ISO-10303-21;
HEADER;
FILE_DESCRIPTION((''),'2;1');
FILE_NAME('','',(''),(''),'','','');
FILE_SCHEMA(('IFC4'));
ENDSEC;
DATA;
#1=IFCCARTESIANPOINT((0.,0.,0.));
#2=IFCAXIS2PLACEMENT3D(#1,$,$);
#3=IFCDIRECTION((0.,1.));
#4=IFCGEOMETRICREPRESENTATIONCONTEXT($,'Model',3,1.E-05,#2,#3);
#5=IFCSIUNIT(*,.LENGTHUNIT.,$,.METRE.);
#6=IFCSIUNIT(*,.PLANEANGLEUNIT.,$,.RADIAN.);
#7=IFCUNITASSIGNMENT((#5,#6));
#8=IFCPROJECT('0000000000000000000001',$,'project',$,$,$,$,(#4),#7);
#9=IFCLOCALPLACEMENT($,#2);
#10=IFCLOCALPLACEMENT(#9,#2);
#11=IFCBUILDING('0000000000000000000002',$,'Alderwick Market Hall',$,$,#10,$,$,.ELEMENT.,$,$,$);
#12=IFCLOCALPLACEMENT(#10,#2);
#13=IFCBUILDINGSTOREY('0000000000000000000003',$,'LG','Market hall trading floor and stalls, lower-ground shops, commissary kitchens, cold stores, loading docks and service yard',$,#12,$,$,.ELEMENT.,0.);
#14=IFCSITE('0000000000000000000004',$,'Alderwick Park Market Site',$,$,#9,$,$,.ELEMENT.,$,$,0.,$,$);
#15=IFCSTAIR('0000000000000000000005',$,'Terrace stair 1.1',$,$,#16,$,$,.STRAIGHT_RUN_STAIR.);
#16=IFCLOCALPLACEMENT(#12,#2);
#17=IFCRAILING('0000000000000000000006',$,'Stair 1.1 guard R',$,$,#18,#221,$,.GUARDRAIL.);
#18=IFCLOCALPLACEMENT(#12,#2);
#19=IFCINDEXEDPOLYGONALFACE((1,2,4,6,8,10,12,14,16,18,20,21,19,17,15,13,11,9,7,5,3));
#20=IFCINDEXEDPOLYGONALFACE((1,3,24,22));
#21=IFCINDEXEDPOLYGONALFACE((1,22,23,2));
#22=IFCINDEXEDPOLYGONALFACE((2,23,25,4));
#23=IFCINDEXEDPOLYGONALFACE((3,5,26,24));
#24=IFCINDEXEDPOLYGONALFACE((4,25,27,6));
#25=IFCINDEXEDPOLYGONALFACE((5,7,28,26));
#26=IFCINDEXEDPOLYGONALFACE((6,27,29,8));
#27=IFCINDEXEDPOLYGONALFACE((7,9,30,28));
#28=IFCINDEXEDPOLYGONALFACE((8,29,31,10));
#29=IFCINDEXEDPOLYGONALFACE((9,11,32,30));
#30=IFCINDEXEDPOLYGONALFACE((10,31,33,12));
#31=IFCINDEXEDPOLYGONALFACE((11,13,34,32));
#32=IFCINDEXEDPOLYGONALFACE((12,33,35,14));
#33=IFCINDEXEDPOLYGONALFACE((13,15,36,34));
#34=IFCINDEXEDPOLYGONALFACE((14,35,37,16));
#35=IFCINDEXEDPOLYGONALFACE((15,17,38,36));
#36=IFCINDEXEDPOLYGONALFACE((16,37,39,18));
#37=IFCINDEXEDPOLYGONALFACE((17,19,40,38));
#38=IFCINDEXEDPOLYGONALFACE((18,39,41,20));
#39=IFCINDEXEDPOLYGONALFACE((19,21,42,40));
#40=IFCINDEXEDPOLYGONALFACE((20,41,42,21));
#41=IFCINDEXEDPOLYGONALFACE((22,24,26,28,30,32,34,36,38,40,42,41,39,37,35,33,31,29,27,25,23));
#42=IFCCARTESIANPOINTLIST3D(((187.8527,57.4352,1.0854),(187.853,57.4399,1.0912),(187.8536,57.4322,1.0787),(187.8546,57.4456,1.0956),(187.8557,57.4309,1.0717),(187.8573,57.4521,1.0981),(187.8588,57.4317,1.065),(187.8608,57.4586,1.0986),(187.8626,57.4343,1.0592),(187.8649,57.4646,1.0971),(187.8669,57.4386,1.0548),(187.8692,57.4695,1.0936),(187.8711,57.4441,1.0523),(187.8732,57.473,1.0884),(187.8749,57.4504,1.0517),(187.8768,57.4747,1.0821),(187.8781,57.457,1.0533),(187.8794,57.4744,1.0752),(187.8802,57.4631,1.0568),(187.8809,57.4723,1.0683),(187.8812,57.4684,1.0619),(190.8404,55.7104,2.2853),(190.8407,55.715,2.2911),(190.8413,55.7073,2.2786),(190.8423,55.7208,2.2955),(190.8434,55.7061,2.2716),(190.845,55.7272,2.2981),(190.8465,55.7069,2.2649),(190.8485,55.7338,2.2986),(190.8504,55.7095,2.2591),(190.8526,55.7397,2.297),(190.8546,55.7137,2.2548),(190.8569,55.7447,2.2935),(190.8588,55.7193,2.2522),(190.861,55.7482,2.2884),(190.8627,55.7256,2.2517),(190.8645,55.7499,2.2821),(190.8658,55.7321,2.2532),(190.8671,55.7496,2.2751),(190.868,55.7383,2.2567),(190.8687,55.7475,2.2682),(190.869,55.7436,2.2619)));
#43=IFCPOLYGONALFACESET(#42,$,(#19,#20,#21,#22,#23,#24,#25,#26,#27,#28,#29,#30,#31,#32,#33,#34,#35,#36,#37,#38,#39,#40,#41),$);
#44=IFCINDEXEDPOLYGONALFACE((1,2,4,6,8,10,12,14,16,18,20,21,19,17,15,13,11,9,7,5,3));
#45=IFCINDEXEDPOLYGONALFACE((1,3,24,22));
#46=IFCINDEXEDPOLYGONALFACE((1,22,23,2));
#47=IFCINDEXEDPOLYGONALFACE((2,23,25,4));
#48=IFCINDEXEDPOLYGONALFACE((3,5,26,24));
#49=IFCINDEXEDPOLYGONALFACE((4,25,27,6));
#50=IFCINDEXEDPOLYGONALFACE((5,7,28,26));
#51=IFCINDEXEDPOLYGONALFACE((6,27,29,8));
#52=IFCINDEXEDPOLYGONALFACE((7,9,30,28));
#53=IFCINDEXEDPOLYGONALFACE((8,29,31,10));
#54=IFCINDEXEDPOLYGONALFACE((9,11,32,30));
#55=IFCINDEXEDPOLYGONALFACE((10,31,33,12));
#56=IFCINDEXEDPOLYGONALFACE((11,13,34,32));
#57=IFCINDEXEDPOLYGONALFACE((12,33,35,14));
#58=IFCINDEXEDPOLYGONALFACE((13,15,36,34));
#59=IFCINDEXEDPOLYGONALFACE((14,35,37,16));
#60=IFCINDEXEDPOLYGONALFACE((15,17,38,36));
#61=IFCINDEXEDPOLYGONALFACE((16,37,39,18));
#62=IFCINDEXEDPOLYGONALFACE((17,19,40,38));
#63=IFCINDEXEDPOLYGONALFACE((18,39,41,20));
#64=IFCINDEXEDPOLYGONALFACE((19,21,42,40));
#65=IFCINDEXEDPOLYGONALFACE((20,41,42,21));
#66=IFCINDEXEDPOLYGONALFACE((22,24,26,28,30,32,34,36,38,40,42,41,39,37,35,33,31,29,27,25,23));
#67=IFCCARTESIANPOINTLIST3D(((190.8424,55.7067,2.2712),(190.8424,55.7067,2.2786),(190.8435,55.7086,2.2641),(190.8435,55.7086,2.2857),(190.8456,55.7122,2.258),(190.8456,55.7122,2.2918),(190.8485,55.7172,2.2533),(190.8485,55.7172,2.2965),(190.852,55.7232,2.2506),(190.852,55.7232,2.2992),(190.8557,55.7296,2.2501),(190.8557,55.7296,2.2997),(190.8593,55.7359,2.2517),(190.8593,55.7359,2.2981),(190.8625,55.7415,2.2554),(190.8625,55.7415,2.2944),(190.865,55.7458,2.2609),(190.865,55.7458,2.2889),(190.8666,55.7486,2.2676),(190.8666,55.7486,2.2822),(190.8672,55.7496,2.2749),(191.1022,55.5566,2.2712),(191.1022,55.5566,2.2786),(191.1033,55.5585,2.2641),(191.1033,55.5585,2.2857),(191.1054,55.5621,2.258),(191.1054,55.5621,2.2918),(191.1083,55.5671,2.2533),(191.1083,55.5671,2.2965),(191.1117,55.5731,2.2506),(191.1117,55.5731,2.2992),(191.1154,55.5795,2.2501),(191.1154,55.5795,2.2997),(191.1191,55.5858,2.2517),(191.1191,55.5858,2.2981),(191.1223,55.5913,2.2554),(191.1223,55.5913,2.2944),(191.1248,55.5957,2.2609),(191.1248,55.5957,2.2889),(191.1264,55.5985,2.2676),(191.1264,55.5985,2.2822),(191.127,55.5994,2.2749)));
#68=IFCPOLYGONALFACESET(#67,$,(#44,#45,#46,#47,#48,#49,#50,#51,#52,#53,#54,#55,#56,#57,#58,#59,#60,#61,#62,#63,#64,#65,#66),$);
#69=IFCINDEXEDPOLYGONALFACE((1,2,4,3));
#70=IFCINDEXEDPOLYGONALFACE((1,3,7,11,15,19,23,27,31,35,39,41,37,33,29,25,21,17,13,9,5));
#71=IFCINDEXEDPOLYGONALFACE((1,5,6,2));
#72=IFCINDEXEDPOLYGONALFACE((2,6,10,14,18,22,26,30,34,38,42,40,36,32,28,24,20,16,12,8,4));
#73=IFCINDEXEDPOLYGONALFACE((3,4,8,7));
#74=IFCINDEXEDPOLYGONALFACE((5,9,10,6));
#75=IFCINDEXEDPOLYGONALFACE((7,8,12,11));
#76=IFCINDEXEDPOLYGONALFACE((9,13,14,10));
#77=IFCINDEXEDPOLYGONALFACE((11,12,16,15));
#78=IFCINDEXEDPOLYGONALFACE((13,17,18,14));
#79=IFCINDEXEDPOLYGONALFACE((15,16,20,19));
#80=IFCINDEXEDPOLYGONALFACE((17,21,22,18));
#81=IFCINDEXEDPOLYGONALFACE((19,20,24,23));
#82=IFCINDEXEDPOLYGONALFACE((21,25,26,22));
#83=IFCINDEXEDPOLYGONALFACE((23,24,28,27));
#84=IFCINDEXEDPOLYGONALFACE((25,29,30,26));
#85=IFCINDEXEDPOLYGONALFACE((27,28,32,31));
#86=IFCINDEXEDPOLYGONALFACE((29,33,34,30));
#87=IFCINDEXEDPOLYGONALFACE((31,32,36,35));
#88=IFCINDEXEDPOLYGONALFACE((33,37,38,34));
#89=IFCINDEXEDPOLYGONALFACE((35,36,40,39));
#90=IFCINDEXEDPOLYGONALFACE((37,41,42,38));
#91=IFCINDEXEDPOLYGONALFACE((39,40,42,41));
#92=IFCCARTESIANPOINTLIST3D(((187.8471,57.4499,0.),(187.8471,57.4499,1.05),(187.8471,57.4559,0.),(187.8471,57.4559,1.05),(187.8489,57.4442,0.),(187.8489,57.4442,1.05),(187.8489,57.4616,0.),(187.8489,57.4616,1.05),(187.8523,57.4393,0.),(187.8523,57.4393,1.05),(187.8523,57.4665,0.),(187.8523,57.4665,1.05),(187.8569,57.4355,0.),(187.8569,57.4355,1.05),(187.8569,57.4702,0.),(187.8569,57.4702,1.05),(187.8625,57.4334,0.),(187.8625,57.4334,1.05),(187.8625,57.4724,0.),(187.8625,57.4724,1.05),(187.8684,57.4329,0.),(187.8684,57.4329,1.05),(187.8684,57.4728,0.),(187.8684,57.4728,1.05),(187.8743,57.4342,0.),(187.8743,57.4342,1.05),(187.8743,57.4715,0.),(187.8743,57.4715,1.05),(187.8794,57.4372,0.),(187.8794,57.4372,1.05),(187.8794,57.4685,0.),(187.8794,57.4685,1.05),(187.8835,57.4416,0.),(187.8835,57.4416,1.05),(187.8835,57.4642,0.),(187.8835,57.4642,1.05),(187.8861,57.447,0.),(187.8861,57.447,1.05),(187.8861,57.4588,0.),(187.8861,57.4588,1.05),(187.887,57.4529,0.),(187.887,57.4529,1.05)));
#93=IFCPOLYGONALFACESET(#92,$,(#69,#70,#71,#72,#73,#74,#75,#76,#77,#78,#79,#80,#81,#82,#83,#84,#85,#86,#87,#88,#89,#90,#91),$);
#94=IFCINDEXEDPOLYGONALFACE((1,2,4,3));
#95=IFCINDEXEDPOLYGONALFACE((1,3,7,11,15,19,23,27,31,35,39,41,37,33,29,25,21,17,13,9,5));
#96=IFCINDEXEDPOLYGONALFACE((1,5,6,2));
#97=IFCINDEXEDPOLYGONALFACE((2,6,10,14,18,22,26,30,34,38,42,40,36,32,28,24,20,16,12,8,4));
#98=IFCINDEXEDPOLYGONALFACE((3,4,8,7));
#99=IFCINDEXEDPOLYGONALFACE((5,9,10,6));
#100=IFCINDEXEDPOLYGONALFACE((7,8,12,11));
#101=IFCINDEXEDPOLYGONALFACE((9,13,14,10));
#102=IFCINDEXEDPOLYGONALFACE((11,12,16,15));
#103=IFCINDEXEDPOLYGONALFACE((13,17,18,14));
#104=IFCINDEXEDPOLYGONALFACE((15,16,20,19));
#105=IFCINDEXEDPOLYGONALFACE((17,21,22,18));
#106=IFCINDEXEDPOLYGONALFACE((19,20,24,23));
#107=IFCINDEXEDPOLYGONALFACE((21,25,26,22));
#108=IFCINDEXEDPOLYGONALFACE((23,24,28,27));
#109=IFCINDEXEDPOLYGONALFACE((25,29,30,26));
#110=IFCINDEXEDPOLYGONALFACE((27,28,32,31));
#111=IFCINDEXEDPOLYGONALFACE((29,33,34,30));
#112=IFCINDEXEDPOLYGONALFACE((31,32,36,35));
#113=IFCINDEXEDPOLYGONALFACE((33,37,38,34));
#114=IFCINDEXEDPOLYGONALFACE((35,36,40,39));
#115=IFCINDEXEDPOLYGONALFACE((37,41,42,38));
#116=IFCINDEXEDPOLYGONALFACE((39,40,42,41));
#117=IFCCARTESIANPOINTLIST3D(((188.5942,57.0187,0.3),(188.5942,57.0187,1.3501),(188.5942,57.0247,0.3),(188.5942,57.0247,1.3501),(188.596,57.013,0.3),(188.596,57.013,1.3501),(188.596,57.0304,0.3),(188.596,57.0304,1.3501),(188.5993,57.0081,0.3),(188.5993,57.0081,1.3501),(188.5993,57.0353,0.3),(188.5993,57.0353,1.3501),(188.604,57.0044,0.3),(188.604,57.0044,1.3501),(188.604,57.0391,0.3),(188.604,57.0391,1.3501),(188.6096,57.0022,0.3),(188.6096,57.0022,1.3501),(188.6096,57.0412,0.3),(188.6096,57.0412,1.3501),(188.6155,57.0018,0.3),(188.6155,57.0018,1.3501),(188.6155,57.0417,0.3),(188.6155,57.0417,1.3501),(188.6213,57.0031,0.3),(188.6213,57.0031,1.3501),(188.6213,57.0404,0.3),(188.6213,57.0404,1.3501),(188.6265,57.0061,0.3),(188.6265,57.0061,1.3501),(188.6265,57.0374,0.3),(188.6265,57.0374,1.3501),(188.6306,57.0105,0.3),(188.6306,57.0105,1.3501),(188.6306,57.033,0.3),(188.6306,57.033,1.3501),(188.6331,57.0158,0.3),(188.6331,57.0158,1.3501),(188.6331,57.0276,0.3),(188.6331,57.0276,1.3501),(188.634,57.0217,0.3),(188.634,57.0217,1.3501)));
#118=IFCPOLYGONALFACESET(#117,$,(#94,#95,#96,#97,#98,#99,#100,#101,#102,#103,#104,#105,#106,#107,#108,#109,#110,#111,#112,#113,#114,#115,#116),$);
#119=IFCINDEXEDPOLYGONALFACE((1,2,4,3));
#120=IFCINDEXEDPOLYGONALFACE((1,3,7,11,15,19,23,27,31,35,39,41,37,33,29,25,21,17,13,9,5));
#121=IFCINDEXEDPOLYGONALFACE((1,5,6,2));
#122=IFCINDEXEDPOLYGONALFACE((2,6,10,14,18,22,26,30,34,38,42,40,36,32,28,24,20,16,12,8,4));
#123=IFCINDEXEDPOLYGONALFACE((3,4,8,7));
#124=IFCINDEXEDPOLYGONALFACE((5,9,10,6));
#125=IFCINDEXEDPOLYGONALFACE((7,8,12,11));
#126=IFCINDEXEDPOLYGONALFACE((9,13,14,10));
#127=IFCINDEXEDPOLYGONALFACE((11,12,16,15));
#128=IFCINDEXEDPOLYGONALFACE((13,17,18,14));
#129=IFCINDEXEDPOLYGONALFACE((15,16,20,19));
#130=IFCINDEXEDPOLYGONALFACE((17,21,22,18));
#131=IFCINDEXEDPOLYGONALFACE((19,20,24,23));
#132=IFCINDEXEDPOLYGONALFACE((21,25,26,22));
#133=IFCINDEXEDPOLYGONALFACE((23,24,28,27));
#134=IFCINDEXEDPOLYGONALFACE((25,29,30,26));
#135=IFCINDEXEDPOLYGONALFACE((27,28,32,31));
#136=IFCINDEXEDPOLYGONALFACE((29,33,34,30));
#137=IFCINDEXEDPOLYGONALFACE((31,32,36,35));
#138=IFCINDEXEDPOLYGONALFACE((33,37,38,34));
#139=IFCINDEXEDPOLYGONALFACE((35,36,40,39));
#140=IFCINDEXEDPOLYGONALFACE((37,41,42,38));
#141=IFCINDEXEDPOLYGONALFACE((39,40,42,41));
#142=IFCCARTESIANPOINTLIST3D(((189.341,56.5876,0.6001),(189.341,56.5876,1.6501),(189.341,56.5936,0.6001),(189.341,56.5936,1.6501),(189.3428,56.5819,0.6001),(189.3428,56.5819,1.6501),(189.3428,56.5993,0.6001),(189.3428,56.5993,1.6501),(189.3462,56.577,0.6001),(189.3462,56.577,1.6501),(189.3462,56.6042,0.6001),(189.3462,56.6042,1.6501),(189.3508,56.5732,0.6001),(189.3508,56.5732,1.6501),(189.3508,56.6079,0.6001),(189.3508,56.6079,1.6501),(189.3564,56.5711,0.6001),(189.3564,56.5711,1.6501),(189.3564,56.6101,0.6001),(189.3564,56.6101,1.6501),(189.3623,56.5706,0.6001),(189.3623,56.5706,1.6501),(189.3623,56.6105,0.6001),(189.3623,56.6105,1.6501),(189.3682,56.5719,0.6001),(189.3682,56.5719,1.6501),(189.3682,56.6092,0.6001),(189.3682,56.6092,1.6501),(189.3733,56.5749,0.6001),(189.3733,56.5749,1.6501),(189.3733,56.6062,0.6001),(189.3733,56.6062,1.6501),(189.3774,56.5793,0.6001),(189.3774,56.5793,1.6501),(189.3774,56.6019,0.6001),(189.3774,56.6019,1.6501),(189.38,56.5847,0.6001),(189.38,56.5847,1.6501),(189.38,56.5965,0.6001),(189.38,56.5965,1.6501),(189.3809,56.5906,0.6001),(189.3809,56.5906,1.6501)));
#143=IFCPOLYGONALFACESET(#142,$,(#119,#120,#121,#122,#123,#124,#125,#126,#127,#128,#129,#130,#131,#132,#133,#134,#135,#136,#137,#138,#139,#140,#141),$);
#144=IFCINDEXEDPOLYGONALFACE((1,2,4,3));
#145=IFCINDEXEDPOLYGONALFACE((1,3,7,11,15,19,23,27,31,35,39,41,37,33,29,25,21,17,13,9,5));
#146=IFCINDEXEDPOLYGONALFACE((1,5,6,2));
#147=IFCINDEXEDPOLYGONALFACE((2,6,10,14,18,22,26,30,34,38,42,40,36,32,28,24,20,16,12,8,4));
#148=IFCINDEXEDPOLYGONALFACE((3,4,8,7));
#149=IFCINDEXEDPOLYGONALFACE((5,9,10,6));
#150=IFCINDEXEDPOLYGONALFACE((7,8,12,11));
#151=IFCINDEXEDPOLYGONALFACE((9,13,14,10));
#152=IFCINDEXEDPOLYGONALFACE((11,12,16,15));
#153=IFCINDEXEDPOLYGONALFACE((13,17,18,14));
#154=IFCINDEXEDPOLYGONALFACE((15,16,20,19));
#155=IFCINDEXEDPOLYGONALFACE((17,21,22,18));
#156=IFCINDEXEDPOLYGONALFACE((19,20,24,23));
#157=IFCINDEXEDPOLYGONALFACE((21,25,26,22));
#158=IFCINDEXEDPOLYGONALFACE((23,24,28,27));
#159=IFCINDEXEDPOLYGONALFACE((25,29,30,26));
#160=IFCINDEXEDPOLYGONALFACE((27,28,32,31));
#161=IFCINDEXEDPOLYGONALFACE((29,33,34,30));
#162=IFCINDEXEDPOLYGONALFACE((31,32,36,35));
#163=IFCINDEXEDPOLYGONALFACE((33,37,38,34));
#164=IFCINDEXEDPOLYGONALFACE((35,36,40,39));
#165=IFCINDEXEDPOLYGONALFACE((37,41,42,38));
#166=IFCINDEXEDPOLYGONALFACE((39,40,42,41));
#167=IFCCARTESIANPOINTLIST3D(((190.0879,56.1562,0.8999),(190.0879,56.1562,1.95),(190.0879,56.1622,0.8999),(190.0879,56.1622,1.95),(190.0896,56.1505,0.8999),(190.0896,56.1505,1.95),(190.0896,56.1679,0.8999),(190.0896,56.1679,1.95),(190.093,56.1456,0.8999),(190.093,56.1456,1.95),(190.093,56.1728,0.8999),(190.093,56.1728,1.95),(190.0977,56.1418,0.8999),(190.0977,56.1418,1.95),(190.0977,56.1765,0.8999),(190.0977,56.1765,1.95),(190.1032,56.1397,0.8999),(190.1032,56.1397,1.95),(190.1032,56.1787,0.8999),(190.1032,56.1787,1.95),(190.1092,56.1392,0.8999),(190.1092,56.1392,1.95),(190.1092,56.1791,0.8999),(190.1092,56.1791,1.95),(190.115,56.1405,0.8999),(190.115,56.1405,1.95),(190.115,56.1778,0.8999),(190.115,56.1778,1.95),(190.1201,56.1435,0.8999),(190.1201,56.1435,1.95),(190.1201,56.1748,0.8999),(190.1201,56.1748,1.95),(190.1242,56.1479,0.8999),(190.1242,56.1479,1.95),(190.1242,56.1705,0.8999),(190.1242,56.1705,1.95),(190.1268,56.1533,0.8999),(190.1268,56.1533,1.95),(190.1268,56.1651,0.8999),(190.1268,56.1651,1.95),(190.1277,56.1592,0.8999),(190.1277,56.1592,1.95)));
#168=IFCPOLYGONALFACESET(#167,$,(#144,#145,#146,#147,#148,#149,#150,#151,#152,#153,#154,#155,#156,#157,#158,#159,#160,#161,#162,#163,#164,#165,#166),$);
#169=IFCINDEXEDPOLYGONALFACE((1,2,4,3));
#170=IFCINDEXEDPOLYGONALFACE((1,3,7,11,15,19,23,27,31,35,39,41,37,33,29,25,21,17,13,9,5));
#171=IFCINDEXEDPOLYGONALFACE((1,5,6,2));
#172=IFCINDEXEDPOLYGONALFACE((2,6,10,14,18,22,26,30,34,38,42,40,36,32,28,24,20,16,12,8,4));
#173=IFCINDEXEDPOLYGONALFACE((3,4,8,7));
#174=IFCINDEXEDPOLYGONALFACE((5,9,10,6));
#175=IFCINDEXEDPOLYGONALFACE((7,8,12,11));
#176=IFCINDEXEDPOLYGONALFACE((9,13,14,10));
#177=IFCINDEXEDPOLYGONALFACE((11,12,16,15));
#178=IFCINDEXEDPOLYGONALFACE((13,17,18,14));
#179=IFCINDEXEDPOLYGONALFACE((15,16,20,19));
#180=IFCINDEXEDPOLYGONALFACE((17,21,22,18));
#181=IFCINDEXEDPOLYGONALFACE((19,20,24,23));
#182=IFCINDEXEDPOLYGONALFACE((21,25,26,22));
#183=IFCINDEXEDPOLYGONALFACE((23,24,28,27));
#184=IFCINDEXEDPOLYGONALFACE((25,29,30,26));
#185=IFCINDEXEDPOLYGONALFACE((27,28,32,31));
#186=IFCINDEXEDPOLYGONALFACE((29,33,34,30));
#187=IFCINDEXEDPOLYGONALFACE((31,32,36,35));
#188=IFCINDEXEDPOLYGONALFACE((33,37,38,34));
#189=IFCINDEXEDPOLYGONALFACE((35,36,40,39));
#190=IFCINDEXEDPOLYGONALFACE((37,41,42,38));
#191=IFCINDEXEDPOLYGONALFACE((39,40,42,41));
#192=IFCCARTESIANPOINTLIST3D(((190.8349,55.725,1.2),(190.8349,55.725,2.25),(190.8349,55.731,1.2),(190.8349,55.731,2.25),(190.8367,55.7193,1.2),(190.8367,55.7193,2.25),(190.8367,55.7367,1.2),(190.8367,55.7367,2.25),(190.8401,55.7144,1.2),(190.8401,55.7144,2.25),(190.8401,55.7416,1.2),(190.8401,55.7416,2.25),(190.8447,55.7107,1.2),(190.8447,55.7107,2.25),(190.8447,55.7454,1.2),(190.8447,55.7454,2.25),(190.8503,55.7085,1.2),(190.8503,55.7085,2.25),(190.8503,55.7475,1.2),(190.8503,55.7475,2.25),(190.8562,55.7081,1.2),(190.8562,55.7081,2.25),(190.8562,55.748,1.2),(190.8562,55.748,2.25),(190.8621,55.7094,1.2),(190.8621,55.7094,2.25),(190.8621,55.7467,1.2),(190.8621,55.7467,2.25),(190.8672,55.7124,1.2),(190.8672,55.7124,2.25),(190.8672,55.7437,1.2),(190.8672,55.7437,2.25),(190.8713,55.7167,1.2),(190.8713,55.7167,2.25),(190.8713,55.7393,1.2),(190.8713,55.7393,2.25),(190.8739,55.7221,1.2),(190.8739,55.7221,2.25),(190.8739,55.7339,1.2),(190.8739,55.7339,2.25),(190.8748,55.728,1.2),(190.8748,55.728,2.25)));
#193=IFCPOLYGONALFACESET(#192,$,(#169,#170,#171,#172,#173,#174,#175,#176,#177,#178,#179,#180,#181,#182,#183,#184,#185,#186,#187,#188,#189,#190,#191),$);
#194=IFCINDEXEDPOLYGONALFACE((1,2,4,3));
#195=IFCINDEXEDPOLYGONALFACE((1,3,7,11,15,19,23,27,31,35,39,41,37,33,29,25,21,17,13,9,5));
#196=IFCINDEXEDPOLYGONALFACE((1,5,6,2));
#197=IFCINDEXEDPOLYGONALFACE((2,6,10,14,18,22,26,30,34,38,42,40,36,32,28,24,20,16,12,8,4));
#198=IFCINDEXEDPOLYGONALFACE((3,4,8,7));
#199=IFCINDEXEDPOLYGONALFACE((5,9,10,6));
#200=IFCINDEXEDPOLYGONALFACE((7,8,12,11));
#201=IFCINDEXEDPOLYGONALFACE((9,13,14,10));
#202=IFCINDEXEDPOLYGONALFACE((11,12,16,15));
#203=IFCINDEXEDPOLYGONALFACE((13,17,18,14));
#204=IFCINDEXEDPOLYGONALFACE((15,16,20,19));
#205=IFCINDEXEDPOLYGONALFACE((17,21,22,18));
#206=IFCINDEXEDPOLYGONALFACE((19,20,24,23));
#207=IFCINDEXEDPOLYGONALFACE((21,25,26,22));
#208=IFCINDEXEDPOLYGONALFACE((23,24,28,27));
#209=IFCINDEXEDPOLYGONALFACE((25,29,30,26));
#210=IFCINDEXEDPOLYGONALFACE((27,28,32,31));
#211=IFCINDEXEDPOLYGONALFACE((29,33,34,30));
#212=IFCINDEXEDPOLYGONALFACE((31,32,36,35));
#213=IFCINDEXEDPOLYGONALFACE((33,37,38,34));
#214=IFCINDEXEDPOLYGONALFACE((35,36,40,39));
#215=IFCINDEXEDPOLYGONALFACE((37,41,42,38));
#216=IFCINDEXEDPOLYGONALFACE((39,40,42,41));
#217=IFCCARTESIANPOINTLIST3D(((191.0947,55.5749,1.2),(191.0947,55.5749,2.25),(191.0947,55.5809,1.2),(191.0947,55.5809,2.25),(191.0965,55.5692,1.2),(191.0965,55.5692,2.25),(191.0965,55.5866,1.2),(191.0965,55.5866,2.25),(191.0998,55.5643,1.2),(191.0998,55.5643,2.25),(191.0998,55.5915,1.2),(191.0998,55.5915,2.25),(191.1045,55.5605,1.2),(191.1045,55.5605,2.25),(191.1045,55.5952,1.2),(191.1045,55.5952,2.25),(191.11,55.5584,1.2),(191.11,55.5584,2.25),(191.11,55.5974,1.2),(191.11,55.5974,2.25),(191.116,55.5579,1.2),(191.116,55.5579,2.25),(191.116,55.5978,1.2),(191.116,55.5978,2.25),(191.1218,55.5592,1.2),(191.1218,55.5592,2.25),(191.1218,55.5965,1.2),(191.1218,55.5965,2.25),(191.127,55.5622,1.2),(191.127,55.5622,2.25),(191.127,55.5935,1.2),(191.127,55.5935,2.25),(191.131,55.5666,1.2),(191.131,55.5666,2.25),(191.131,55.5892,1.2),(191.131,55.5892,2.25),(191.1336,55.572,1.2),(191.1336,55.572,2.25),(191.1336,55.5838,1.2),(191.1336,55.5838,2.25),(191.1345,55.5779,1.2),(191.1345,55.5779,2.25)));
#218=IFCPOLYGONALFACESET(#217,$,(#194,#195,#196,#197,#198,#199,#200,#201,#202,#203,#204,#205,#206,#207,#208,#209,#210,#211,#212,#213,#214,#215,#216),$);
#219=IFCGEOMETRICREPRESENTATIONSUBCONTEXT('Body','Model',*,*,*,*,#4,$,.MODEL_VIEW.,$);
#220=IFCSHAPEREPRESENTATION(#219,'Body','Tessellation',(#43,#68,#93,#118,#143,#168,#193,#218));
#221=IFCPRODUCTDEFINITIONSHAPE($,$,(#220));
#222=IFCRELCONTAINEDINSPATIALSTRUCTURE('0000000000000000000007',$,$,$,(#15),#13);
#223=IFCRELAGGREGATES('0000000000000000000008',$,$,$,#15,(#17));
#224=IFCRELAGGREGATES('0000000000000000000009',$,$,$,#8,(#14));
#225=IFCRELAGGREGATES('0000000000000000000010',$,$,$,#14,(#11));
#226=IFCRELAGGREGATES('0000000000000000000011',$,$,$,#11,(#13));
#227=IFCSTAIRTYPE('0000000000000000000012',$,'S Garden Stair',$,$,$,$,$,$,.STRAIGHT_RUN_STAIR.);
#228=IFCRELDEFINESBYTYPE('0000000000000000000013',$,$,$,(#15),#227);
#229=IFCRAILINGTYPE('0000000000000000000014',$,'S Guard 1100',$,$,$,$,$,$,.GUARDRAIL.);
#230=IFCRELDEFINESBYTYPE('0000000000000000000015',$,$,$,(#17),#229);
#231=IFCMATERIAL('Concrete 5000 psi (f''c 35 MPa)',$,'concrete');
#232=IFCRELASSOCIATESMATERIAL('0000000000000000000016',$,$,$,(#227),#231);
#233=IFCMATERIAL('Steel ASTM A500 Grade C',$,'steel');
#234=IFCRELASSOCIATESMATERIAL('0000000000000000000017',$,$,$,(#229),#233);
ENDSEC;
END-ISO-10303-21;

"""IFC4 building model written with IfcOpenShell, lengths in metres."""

from ifc_helpers import new_model, si_unit, direction, frame, origin, origin_2d, place, context, subcontext, project, spatial, circle, extrude, material, type_object, element, aggregate, save


model = new_model("IFC4")

# Units and contexts
model_context = context("Model", 3, precision=1e-05, world=origin(), true_north=direction((0.0, 1.0)))
body_context = subcontext(model_context, "Body", "Model", "MODEL_VIEW")
ifc_project = project(units=[si_unit("LENGTHUNIT", "METRE"), si_unit("PLANEANGLEUNIT", "RADIAN")], contexts=[model_context])

# Site, building, storey
site_placement = place(None, origin())
site = spatial("IfcSite", under=ifc_project, at=site_placement, Name="Alderwick Park Market Site", CompositionType="ELEMENT", RefElevation=0.0)
building_placement = place(site_placement, origin())
building = spatial("IfcBuilding", under=site, at=building_placement, Name="Alderwick Market Hall", CompositionType="ELEMENT")
storey_placement = place(building_placement, origin())
storey = spatial("IfcBuildingStorey", under=building, at=storey_placement, Name="LG", Description="Market hall trading floor and stalls, lower-ground shops, commissary kitchens, cold stores, loading docks and service yard", CompositionType="ELEMENT", Elevation=0.0)

# Shared definitions
ifc_material_1 = material(Name="Concrete 5000 psi (f'c 35 MPa)", Category="concrete")

# Stair
stair_type = type_object("IfcStairType", Name="S Garden Stair", PredefinedType="STRAIGHT_RUN_STAIR", material=ifc_material_1)
stair_1_placement = place(storey_placement, origin())
stair_1 = element("IfcStair", 1, at=stair_1_placement, inside=storey, type_object=stair_type, Name="Terrace stair 1.1", PredefinedType="STRAIGHT_RUN_STAIR")

# Railing
ifc_material_2 = material(Name="Steel ASTM A500 Grade C", Category="steel")
railing_type_1 = type_object("IfcRailingType", Name="S Guard 1100", PredefinedType="GUARDRAIL", material=ifc_material_2)
railing_1_placement = place(storey_placement, frame((187.8669, 57.4529, 0.0)))
railing_1 = element("IfcRailing", 2, at=railing_1_placement, type_object=railing_type_1, Name="Stair 1.1 guard R", PredefinedType="GUARDRAIL", context=body_context, shape_type="SweptSolid", body=[
    extrude(circle(Radius=0.0249, at=origin_2d()), frame((0.0, 0.0, 1.0752), z_axis=(0.817978, -0.472219, 0.328515), x_axis=(0.499967, 0.866044, 0.0)), (0.0, 0.0, 1.0), 3.6526),
    extrude(circle(Radius=0.0249, at=origin_2d()), frame((2.9878, -1.7249, 2.2749), z_axis=(0.865779, -0.500427, 0.0), x_axis=(0.500427, 0.865779, 0.0)), (0.0, 0.0, 1.0), 0.3),
    extrude(circle(Radius=0.02, at=origin_2d()), origin(), (0.0, 0.0, 1.0), 1.05),
    extrude(circle(Radius=0.02, at=origin_2d()), frame((0.7471, -0.4312, 0.3)), (0.0, 0.0, 1.0), 1.05),
    extrude(circle(Radius=0.02, at=origin_2d()), frame((1.4939, -0.8623, 0.6001)), (0.0, 0.0, 1.0), 1.05),
    extrude(circle(Radius=0.02, at=origin_2d()), frame((2.2407, -1.2937, 0.8999)), (0.0, 0.0, 1.0), 1.05),
    extrude(circle(Radius=0.02, at=origin_2d()), frame((2.9878, -1.7249, 1.2)), (0.0, 0.0, 1.0), 1.05),
    extrude(circle(Radius=0.02, at=origin_2d()), frame((3.2476, -1.875, 1.2)), (0.0, 0.0, 1.0), 1.05),
])
aggregate(stair_1, [railing_1])

save(model, "model.ifc")
